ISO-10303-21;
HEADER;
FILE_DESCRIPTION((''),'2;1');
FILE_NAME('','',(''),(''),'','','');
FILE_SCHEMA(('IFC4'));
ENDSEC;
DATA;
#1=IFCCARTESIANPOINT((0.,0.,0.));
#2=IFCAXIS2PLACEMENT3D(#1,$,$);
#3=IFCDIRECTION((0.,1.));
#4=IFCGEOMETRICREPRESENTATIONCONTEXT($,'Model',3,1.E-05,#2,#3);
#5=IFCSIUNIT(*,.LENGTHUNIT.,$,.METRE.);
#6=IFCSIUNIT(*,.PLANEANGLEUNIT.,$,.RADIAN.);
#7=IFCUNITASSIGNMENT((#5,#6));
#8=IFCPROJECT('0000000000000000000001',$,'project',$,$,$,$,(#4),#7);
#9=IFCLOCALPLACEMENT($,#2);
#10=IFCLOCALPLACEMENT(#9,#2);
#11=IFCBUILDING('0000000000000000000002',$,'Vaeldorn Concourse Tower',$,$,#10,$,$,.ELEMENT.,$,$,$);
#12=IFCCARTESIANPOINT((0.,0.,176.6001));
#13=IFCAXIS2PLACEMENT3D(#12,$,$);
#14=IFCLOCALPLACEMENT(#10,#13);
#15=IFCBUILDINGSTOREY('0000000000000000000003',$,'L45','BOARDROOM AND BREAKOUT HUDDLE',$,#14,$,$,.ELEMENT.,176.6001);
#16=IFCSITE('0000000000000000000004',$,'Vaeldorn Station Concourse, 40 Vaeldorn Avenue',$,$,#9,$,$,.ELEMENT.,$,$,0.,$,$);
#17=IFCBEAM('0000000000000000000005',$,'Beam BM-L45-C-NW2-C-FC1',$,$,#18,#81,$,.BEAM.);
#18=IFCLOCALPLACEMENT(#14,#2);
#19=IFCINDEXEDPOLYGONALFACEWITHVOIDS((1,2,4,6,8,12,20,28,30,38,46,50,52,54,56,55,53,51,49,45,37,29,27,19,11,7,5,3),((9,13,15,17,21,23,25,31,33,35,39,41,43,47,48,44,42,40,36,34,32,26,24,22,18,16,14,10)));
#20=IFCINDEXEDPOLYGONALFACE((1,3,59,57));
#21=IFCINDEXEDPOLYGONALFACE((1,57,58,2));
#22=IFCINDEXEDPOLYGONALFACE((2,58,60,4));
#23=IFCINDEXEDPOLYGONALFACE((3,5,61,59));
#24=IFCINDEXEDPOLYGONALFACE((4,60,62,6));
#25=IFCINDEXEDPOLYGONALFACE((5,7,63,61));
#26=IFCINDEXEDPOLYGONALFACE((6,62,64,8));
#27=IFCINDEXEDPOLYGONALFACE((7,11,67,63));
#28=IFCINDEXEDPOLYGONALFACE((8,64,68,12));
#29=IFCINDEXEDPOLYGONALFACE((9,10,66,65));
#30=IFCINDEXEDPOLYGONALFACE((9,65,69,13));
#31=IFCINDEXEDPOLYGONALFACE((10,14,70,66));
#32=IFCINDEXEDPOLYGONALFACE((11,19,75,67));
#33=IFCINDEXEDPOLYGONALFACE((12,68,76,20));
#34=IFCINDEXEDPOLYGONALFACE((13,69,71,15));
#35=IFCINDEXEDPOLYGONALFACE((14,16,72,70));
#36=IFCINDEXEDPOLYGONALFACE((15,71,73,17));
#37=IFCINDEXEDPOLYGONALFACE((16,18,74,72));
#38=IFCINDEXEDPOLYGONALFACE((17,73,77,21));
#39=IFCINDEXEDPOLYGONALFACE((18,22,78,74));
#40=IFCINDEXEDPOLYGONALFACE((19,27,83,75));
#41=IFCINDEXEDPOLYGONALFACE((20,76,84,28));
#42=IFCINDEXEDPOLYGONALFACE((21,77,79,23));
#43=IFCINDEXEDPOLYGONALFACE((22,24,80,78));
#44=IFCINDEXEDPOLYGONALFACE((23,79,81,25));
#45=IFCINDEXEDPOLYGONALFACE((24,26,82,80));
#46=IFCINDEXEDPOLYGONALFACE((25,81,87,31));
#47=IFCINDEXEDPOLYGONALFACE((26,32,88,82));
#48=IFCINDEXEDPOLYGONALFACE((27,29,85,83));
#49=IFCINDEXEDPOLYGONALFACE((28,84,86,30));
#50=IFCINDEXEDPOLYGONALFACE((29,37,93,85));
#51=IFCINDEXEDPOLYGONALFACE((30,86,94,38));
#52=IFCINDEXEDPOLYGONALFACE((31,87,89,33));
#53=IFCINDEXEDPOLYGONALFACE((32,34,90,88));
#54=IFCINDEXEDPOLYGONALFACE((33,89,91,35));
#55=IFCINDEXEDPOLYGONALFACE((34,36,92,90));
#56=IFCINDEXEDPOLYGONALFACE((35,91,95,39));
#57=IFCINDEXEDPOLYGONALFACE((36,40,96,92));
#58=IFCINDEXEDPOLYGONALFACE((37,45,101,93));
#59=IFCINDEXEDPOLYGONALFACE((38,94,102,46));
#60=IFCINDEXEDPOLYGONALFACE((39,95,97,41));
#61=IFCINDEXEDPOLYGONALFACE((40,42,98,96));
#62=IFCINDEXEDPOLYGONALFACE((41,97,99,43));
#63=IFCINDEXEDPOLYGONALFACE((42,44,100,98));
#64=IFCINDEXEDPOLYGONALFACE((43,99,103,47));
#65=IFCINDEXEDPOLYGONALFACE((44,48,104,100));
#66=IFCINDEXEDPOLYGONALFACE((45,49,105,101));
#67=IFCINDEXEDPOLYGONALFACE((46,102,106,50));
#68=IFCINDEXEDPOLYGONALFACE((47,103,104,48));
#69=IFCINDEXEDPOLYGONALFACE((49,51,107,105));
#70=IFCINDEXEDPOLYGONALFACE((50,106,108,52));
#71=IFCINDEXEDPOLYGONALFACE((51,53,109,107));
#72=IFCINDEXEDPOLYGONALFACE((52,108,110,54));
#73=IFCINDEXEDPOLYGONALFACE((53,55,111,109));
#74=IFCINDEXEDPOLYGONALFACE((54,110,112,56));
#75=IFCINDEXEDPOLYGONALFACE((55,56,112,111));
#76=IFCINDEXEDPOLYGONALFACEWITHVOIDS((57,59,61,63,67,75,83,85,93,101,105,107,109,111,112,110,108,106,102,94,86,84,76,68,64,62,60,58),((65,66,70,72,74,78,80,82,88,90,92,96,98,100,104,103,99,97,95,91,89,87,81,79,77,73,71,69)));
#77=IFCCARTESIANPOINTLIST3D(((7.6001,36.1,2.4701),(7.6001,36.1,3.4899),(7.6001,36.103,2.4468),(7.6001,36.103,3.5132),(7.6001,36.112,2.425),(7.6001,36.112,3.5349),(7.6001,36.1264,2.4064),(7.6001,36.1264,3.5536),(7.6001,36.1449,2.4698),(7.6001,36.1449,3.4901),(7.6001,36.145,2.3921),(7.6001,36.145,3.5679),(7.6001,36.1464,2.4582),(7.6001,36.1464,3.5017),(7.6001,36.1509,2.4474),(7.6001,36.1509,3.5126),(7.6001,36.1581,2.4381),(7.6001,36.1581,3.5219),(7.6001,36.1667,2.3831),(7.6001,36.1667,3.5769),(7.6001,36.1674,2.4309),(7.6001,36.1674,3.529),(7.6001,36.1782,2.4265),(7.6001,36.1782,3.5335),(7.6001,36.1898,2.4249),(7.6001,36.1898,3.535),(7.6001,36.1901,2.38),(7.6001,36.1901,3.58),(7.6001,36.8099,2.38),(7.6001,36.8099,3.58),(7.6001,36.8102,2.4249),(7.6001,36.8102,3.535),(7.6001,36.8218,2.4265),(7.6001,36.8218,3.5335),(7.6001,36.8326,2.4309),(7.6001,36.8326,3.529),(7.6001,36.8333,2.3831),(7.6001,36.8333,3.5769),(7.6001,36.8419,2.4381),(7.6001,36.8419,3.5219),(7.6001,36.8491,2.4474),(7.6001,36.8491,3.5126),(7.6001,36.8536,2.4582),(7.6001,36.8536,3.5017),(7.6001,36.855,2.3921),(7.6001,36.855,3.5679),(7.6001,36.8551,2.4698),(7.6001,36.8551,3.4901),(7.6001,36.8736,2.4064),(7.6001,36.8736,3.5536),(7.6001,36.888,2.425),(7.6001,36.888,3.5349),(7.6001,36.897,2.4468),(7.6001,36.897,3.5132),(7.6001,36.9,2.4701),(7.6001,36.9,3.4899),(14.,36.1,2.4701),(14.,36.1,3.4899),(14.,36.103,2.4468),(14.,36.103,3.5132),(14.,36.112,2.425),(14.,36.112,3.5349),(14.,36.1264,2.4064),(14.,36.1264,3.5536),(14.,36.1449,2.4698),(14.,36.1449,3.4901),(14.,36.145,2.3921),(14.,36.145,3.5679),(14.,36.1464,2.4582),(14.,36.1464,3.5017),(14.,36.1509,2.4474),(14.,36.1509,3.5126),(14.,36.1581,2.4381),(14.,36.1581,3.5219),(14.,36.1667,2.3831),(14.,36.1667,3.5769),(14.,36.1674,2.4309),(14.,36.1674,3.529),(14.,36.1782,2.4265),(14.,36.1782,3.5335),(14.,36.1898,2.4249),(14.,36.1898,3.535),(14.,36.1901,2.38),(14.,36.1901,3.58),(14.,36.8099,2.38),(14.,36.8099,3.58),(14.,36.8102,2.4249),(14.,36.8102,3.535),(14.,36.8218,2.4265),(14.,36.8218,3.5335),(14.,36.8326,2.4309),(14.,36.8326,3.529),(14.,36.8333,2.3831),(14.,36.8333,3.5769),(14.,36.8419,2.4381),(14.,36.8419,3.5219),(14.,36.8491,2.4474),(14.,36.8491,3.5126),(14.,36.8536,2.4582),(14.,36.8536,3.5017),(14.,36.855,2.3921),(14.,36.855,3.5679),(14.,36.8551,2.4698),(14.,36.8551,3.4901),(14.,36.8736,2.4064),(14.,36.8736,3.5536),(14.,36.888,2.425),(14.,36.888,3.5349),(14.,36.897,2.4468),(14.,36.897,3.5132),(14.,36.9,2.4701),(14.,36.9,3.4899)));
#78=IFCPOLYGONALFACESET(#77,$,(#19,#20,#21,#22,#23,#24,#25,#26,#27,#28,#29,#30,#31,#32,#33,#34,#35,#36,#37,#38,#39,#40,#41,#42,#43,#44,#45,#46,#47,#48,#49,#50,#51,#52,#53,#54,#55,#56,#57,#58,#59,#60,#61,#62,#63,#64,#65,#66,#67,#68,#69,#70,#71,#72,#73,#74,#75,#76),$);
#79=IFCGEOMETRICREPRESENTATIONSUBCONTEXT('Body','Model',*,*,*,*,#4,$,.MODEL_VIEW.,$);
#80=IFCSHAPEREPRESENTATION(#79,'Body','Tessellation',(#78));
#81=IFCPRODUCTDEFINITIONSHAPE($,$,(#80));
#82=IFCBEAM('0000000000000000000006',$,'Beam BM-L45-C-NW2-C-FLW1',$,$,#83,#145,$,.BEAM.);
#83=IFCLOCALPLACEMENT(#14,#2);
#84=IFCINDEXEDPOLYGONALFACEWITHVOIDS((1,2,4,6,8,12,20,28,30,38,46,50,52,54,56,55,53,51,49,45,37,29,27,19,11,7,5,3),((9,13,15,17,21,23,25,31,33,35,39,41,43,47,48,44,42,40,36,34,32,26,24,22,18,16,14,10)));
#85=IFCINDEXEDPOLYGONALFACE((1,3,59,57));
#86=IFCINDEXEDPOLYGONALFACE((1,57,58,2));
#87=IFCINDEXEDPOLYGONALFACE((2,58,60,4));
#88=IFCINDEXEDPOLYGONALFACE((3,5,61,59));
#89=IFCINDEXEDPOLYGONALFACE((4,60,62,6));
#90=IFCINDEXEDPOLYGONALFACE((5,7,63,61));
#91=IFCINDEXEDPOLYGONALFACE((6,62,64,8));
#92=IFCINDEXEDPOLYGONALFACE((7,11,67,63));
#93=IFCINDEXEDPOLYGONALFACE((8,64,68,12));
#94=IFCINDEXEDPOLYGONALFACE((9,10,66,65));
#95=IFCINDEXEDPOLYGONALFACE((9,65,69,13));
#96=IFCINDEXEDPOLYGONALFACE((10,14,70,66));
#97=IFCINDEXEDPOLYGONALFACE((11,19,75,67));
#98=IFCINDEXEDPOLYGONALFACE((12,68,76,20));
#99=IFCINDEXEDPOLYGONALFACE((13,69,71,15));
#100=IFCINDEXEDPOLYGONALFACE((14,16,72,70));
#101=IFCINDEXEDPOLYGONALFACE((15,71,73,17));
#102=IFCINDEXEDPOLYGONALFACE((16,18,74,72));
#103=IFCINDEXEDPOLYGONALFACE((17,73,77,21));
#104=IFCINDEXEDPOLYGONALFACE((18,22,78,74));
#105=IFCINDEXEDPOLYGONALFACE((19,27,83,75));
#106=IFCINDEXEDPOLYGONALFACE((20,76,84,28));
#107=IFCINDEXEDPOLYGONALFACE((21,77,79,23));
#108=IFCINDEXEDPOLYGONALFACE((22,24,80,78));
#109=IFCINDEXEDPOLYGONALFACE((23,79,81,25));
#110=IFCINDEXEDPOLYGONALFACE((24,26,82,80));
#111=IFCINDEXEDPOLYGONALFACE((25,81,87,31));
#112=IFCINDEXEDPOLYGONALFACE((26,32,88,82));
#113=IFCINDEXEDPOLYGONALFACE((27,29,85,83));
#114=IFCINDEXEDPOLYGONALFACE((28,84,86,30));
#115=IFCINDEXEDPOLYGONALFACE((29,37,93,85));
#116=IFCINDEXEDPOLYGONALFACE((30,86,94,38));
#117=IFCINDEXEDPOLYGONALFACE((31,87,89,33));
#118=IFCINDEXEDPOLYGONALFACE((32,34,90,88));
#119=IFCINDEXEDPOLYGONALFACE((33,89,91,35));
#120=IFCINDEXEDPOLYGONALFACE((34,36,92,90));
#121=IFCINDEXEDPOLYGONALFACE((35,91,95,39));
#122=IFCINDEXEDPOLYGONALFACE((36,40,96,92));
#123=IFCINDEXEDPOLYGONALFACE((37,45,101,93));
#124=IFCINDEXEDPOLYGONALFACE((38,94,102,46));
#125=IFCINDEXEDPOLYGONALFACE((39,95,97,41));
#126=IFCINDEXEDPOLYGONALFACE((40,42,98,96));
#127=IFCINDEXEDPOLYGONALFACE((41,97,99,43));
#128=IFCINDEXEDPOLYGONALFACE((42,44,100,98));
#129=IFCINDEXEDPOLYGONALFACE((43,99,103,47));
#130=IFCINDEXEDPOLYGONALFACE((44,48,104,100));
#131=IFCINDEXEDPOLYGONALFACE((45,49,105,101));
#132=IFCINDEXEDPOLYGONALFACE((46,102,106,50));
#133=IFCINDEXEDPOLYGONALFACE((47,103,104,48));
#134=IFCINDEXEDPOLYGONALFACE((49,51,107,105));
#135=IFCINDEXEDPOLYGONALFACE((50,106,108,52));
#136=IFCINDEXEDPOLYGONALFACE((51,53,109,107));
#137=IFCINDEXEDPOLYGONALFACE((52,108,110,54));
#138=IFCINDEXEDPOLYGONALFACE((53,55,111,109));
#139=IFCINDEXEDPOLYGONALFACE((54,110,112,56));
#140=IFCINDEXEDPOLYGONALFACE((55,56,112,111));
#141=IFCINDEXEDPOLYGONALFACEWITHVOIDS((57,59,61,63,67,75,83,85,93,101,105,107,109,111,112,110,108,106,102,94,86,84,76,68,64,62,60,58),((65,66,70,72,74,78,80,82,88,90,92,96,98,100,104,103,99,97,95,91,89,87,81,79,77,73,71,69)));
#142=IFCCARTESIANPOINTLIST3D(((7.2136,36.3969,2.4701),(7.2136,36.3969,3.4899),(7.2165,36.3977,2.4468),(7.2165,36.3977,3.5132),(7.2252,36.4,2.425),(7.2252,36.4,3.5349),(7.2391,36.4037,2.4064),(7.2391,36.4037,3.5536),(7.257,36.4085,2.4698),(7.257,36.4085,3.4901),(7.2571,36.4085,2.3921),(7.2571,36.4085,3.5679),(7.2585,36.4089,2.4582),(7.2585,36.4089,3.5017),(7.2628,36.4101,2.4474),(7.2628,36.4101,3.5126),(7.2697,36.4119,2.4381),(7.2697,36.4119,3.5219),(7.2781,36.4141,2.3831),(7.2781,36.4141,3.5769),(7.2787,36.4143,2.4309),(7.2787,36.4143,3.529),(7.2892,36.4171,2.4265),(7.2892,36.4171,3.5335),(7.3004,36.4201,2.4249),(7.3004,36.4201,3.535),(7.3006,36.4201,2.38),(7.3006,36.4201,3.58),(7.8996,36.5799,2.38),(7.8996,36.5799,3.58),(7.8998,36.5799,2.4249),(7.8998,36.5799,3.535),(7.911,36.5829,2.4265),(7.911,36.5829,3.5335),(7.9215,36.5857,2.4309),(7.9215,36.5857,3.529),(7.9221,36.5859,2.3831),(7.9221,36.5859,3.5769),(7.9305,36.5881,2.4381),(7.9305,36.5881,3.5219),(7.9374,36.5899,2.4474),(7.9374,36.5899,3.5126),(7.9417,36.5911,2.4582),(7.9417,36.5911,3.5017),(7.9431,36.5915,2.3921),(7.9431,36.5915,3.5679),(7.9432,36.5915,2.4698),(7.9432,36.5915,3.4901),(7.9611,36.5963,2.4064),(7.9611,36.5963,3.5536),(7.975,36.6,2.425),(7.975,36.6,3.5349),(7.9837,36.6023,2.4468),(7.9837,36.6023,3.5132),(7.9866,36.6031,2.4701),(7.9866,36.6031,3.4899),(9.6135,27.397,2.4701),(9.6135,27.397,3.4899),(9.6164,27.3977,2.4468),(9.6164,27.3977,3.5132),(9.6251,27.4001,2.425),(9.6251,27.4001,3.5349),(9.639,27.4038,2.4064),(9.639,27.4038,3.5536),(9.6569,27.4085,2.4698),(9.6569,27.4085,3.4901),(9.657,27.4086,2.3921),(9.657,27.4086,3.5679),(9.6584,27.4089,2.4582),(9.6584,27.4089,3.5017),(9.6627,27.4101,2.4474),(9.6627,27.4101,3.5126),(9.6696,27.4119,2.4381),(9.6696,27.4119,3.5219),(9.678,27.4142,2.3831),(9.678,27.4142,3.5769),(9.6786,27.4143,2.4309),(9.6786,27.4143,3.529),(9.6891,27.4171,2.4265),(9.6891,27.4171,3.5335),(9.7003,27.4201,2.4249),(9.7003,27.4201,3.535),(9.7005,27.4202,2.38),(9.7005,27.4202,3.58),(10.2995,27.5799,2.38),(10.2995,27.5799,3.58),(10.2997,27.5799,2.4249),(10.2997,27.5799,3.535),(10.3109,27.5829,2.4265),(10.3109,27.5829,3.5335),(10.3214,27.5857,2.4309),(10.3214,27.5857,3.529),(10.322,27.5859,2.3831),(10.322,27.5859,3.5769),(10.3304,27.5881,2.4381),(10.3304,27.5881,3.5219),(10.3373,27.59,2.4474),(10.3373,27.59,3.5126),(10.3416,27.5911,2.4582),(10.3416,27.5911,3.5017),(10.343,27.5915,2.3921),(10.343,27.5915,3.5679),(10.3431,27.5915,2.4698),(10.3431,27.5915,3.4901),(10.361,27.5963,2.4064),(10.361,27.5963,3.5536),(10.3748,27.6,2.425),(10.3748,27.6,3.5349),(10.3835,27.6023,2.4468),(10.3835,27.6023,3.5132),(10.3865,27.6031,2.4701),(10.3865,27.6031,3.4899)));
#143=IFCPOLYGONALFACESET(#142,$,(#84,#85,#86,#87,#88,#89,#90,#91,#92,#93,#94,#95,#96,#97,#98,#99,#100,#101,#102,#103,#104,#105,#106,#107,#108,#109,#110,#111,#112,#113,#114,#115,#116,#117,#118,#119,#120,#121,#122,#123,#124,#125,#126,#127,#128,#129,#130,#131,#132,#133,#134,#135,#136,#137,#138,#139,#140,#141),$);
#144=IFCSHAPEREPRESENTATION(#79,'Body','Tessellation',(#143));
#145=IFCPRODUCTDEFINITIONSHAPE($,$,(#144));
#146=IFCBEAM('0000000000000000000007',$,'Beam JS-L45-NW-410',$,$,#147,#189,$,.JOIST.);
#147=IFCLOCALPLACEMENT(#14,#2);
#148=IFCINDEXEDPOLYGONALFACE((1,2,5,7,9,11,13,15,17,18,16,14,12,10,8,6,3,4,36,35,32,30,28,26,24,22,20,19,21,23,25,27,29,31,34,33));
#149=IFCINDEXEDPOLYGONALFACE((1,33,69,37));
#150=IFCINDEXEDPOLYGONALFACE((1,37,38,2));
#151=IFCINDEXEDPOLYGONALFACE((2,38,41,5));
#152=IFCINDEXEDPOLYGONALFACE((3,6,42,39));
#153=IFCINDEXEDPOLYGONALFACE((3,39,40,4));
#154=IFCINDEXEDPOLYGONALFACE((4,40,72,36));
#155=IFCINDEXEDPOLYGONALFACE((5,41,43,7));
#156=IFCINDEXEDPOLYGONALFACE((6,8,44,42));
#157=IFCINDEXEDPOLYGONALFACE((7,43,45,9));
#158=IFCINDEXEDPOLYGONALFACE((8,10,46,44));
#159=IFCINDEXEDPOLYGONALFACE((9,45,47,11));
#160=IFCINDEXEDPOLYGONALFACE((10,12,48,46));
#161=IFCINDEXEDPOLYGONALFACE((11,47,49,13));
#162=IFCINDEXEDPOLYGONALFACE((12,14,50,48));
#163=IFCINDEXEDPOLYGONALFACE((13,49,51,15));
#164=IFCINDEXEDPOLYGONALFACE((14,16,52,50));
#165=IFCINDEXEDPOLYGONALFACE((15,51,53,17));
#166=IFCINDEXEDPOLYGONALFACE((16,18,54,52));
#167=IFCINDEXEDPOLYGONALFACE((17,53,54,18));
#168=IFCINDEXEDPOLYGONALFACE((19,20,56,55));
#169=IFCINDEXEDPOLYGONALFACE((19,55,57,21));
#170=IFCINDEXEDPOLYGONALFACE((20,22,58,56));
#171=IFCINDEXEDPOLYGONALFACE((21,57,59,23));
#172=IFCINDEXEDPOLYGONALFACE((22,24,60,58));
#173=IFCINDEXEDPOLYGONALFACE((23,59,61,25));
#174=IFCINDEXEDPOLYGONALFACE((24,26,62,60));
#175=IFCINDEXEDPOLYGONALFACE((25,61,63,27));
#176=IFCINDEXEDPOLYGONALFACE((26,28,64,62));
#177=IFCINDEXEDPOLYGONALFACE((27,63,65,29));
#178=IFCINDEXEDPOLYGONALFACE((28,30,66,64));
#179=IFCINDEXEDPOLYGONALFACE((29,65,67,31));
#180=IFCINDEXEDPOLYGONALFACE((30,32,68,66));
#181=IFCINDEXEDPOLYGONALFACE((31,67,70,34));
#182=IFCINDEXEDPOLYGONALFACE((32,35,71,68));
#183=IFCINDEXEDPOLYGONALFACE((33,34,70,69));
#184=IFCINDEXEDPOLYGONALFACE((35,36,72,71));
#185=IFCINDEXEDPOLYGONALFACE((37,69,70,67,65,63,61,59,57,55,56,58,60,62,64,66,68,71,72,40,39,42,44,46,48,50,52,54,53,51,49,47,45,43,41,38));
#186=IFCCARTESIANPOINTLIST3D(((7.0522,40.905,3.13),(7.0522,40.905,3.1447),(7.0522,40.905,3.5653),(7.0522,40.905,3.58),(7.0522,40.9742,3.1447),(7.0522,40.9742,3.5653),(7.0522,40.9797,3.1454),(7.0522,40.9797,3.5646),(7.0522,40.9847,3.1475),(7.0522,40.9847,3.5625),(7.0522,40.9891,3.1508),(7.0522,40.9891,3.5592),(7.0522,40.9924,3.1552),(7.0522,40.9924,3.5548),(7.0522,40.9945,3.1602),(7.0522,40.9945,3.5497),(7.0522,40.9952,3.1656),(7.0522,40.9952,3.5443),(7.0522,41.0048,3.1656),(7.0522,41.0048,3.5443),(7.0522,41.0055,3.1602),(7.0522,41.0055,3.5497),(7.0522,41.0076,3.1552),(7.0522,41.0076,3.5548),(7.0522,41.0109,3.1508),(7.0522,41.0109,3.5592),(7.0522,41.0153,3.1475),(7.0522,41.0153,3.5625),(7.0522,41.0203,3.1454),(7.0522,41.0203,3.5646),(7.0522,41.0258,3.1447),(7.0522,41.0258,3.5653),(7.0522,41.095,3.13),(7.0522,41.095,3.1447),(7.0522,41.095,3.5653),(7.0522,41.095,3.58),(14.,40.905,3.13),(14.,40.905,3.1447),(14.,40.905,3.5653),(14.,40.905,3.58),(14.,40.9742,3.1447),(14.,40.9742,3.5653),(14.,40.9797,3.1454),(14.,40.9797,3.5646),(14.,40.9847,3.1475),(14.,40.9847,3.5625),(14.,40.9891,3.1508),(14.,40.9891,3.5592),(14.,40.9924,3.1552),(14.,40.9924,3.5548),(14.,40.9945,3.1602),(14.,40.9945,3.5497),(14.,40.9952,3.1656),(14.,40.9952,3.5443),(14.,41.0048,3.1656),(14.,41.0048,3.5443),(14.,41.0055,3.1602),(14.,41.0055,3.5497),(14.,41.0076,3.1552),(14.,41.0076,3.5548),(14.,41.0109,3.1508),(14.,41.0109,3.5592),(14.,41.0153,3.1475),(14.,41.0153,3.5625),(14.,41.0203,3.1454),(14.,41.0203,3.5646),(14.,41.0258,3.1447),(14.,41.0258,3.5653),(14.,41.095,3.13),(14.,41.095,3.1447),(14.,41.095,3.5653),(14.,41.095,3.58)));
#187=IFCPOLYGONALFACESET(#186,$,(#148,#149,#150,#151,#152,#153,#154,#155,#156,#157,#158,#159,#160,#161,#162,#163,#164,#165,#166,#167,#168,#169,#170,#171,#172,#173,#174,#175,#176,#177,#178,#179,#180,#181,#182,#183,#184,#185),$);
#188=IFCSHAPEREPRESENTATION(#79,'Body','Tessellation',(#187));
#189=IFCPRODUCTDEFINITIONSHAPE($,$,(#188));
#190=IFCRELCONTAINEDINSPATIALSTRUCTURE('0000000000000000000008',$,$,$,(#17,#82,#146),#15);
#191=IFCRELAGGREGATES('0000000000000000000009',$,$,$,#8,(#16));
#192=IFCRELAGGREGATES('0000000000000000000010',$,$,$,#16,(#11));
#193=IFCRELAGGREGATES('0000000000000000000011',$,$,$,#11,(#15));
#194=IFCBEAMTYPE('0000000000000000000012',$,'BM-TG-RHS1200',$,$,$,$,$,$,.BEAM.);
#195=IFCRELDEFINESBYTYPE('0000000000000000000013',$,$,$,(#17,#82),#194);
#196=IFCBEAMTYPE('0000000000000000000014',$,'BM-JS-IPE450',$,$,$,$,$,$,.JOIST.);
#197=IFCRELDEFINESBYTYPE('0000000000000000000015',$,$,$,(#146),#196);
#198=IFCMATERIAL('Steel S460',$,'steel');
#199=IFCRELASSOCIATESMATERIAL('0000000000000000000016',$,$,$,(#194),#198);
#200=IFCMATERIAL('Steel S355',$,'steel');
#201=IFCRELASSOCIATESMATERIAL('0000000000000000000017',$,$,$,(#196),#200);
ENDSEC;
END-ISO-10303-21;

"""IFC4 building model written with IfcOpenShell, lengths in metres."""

from ifc_helpers import new_model, si_unit, direction, frame, origin, origin_2d, place, context, subcontext, project, spatial, hollow_rectangle, i_section, extrude, source, transform, mapped, material, material_profile, profile_set, type_object, element, save


model = new_model("IFC4")

# Units and contexts
model_context = context("Model", 3, precision=1e-05, world=origin(), true_north=direction((0.0, 1.0)))
body_context = subcontext(model_context, "Body", "Model", "MODEL_VIEW")
ifc_project = project(units=[si_unit("LENGTHUNIT", "METRE"), si_unit("PLANEANGLEUNIT", "RADIAN")], contexts=[model_context])

# Site, building, storey
site_placement = place(None, origin())
site = spatial("IfcSite", under=ifc_project, at=site_placement, Name="Vaeldorn Station Concourse, 40 Vaeldorn Avenue", CompositionType="ELEMENT", RefElevation=0.0)
building_placement = place(site_placement, origin())
building = spatial("IfcBuilding", under=site, at=building_placement, Name="Vaeldorn Concourse Tower", CompositionType="ELEMENT")
storey_placement = place(building_placement, frame((0.0, 0.0, 176.6001)))
storey = spatial("IfcBuildingStorey", under=building, at=storey_placement, Name="L45", Description="BOARDROOM AND BREAKOUT HUDDLE", CompositionType="ELEMENT", Elevation=176.6001)

# Shared definitions
ifc_material_1 = material(Name="Steel S460", Category="steel")

# Beams
ifc_material_profile_1 = material_profile(ifc_material_1, hollow_rectangle(XDim=0.8, YDim=1.2, WallThickness=0.0449, InnerFilletRadius=0.0449, OuterFilletRadius=0.0901, at=origin_2d()), Name="RHS 1200x800x45")
ifc_profile_set_1 = profile_set([ifc_material_profile_1], Name="Steel S460")
beam_type_1 = type_object("IfcBeamType", Name="BM-TG-RHS1200", PredefinedType="BEAM", material=ifc_profile_set_1)
shared_shape_1 = source(origin(), body_context, "Body", "SweptSolid", [
    extrude(hollow_rectangle(XDim=0.8, YDim=1.2, WallThickness=0.0449, InnerFilletRadius=0.0449, OuterFilletRadius=0.0901, at=origin_2d()), origin(), (0.0, 0.0, 1.0), 6.3999),
])
beam_1_placement = place(storey_placement, frame((7.6001, 36.5, 2.98), z_axis=(1.0, 0.0, 0.0), x_axis=(0.0, 1.0, 0.0)))
element("IfcBeam", 1, at=beam_1_placement, inside=storey, type_object=beam_type_1, Name="Beam BM-L45-C-NW2-C-FC1", PredefinedType="BEAM", context=body_context, shape_type="MappedRepresentation", body=[
    mapped(shared_shape_1, transform((0.0, 0.0, 0.0), scale=1.0)),
])
shared_shape_2 = source(origin(), body_context, "Body", "SweptSolid", [
    extrude(hollow_rectangle(XDim=0.8, YDim=1.2, WallThickness=0.0449, InnerFilletRadius=0.0449, OuterFilletRadius=0.0901, at=origin_2d()), origin(), (0.0, 0.0, 1.0), 9.3145),
])
beam_2_placement = place(storey_placement, frame((7.6001, 36.5, 2.98), z_axis=(0.257653, -0.966238, 0.0), x_axis=(0.966238, 0.257653, 0.0)))
element("IfcBeam", 2, at=beam_2_placement, inside=storey, type_object=beam_type_1, Name="Beam BM-L45-C-NW2-C-FLW1", PredefinedType="BEAM", context=body_context, shape_type="MappedRepresentation", body=[
    mapped(shared_shape_2, transform((0.0, 0.0, 0.0), scale=1.0)),
])
ifc_material_2 = material(Name="Steel S355", Category="steel")
ifc_material_profile_2 = material_profile(ifc_material_2, i_section(OverallWidth=0.1899, OverallDepth=0.45, WebThickness=0.0095, FlangeThickness=0.0146, FilletRadius=0.021, at=origin_2d()), Name="IPE 450")
ifc_profile_set_2 = profile_set([ifc_material_profile_2], Name="Steel S355")
beam_type_2 = type_object("IfcBeamType", Name="BM-JS-IPE450", PredefinedType="JOIST", material=ifc_profile_set_2)
shared_shape_3 = source(origin(), body_context, "Body", "SweptSolid", [
    extrude(i_section(OverallWidth=0.1899, OverallDepth=0.45, WebThickness=0.0095, FlangeThickness=0.0146, FilletRadius=0.021, at=origin_2d()), origin(), (0.0, 0.0, 1.0), 6.9478),
])
beam_3_placement = place(storey_placement, frame((7.0522, 41.0, 3.355), z_axis=(1.0, 0.0, 0.0), x_axis=(0.0, 1.0, 0.0)))
element("IfcBeam", 3, at=beam_3_placement, inside=storey, type_object=beam_type_2, Name="Beam JS-L45-NW-410", PredefinedType="JOIST", context=body_context, shape_type="MappedRepresentation", body=[
    mapped(shared_shape_3, transform((0.0, 0.0, 0.0), scale=1.0)),
])

save(model, "model.ifc")
